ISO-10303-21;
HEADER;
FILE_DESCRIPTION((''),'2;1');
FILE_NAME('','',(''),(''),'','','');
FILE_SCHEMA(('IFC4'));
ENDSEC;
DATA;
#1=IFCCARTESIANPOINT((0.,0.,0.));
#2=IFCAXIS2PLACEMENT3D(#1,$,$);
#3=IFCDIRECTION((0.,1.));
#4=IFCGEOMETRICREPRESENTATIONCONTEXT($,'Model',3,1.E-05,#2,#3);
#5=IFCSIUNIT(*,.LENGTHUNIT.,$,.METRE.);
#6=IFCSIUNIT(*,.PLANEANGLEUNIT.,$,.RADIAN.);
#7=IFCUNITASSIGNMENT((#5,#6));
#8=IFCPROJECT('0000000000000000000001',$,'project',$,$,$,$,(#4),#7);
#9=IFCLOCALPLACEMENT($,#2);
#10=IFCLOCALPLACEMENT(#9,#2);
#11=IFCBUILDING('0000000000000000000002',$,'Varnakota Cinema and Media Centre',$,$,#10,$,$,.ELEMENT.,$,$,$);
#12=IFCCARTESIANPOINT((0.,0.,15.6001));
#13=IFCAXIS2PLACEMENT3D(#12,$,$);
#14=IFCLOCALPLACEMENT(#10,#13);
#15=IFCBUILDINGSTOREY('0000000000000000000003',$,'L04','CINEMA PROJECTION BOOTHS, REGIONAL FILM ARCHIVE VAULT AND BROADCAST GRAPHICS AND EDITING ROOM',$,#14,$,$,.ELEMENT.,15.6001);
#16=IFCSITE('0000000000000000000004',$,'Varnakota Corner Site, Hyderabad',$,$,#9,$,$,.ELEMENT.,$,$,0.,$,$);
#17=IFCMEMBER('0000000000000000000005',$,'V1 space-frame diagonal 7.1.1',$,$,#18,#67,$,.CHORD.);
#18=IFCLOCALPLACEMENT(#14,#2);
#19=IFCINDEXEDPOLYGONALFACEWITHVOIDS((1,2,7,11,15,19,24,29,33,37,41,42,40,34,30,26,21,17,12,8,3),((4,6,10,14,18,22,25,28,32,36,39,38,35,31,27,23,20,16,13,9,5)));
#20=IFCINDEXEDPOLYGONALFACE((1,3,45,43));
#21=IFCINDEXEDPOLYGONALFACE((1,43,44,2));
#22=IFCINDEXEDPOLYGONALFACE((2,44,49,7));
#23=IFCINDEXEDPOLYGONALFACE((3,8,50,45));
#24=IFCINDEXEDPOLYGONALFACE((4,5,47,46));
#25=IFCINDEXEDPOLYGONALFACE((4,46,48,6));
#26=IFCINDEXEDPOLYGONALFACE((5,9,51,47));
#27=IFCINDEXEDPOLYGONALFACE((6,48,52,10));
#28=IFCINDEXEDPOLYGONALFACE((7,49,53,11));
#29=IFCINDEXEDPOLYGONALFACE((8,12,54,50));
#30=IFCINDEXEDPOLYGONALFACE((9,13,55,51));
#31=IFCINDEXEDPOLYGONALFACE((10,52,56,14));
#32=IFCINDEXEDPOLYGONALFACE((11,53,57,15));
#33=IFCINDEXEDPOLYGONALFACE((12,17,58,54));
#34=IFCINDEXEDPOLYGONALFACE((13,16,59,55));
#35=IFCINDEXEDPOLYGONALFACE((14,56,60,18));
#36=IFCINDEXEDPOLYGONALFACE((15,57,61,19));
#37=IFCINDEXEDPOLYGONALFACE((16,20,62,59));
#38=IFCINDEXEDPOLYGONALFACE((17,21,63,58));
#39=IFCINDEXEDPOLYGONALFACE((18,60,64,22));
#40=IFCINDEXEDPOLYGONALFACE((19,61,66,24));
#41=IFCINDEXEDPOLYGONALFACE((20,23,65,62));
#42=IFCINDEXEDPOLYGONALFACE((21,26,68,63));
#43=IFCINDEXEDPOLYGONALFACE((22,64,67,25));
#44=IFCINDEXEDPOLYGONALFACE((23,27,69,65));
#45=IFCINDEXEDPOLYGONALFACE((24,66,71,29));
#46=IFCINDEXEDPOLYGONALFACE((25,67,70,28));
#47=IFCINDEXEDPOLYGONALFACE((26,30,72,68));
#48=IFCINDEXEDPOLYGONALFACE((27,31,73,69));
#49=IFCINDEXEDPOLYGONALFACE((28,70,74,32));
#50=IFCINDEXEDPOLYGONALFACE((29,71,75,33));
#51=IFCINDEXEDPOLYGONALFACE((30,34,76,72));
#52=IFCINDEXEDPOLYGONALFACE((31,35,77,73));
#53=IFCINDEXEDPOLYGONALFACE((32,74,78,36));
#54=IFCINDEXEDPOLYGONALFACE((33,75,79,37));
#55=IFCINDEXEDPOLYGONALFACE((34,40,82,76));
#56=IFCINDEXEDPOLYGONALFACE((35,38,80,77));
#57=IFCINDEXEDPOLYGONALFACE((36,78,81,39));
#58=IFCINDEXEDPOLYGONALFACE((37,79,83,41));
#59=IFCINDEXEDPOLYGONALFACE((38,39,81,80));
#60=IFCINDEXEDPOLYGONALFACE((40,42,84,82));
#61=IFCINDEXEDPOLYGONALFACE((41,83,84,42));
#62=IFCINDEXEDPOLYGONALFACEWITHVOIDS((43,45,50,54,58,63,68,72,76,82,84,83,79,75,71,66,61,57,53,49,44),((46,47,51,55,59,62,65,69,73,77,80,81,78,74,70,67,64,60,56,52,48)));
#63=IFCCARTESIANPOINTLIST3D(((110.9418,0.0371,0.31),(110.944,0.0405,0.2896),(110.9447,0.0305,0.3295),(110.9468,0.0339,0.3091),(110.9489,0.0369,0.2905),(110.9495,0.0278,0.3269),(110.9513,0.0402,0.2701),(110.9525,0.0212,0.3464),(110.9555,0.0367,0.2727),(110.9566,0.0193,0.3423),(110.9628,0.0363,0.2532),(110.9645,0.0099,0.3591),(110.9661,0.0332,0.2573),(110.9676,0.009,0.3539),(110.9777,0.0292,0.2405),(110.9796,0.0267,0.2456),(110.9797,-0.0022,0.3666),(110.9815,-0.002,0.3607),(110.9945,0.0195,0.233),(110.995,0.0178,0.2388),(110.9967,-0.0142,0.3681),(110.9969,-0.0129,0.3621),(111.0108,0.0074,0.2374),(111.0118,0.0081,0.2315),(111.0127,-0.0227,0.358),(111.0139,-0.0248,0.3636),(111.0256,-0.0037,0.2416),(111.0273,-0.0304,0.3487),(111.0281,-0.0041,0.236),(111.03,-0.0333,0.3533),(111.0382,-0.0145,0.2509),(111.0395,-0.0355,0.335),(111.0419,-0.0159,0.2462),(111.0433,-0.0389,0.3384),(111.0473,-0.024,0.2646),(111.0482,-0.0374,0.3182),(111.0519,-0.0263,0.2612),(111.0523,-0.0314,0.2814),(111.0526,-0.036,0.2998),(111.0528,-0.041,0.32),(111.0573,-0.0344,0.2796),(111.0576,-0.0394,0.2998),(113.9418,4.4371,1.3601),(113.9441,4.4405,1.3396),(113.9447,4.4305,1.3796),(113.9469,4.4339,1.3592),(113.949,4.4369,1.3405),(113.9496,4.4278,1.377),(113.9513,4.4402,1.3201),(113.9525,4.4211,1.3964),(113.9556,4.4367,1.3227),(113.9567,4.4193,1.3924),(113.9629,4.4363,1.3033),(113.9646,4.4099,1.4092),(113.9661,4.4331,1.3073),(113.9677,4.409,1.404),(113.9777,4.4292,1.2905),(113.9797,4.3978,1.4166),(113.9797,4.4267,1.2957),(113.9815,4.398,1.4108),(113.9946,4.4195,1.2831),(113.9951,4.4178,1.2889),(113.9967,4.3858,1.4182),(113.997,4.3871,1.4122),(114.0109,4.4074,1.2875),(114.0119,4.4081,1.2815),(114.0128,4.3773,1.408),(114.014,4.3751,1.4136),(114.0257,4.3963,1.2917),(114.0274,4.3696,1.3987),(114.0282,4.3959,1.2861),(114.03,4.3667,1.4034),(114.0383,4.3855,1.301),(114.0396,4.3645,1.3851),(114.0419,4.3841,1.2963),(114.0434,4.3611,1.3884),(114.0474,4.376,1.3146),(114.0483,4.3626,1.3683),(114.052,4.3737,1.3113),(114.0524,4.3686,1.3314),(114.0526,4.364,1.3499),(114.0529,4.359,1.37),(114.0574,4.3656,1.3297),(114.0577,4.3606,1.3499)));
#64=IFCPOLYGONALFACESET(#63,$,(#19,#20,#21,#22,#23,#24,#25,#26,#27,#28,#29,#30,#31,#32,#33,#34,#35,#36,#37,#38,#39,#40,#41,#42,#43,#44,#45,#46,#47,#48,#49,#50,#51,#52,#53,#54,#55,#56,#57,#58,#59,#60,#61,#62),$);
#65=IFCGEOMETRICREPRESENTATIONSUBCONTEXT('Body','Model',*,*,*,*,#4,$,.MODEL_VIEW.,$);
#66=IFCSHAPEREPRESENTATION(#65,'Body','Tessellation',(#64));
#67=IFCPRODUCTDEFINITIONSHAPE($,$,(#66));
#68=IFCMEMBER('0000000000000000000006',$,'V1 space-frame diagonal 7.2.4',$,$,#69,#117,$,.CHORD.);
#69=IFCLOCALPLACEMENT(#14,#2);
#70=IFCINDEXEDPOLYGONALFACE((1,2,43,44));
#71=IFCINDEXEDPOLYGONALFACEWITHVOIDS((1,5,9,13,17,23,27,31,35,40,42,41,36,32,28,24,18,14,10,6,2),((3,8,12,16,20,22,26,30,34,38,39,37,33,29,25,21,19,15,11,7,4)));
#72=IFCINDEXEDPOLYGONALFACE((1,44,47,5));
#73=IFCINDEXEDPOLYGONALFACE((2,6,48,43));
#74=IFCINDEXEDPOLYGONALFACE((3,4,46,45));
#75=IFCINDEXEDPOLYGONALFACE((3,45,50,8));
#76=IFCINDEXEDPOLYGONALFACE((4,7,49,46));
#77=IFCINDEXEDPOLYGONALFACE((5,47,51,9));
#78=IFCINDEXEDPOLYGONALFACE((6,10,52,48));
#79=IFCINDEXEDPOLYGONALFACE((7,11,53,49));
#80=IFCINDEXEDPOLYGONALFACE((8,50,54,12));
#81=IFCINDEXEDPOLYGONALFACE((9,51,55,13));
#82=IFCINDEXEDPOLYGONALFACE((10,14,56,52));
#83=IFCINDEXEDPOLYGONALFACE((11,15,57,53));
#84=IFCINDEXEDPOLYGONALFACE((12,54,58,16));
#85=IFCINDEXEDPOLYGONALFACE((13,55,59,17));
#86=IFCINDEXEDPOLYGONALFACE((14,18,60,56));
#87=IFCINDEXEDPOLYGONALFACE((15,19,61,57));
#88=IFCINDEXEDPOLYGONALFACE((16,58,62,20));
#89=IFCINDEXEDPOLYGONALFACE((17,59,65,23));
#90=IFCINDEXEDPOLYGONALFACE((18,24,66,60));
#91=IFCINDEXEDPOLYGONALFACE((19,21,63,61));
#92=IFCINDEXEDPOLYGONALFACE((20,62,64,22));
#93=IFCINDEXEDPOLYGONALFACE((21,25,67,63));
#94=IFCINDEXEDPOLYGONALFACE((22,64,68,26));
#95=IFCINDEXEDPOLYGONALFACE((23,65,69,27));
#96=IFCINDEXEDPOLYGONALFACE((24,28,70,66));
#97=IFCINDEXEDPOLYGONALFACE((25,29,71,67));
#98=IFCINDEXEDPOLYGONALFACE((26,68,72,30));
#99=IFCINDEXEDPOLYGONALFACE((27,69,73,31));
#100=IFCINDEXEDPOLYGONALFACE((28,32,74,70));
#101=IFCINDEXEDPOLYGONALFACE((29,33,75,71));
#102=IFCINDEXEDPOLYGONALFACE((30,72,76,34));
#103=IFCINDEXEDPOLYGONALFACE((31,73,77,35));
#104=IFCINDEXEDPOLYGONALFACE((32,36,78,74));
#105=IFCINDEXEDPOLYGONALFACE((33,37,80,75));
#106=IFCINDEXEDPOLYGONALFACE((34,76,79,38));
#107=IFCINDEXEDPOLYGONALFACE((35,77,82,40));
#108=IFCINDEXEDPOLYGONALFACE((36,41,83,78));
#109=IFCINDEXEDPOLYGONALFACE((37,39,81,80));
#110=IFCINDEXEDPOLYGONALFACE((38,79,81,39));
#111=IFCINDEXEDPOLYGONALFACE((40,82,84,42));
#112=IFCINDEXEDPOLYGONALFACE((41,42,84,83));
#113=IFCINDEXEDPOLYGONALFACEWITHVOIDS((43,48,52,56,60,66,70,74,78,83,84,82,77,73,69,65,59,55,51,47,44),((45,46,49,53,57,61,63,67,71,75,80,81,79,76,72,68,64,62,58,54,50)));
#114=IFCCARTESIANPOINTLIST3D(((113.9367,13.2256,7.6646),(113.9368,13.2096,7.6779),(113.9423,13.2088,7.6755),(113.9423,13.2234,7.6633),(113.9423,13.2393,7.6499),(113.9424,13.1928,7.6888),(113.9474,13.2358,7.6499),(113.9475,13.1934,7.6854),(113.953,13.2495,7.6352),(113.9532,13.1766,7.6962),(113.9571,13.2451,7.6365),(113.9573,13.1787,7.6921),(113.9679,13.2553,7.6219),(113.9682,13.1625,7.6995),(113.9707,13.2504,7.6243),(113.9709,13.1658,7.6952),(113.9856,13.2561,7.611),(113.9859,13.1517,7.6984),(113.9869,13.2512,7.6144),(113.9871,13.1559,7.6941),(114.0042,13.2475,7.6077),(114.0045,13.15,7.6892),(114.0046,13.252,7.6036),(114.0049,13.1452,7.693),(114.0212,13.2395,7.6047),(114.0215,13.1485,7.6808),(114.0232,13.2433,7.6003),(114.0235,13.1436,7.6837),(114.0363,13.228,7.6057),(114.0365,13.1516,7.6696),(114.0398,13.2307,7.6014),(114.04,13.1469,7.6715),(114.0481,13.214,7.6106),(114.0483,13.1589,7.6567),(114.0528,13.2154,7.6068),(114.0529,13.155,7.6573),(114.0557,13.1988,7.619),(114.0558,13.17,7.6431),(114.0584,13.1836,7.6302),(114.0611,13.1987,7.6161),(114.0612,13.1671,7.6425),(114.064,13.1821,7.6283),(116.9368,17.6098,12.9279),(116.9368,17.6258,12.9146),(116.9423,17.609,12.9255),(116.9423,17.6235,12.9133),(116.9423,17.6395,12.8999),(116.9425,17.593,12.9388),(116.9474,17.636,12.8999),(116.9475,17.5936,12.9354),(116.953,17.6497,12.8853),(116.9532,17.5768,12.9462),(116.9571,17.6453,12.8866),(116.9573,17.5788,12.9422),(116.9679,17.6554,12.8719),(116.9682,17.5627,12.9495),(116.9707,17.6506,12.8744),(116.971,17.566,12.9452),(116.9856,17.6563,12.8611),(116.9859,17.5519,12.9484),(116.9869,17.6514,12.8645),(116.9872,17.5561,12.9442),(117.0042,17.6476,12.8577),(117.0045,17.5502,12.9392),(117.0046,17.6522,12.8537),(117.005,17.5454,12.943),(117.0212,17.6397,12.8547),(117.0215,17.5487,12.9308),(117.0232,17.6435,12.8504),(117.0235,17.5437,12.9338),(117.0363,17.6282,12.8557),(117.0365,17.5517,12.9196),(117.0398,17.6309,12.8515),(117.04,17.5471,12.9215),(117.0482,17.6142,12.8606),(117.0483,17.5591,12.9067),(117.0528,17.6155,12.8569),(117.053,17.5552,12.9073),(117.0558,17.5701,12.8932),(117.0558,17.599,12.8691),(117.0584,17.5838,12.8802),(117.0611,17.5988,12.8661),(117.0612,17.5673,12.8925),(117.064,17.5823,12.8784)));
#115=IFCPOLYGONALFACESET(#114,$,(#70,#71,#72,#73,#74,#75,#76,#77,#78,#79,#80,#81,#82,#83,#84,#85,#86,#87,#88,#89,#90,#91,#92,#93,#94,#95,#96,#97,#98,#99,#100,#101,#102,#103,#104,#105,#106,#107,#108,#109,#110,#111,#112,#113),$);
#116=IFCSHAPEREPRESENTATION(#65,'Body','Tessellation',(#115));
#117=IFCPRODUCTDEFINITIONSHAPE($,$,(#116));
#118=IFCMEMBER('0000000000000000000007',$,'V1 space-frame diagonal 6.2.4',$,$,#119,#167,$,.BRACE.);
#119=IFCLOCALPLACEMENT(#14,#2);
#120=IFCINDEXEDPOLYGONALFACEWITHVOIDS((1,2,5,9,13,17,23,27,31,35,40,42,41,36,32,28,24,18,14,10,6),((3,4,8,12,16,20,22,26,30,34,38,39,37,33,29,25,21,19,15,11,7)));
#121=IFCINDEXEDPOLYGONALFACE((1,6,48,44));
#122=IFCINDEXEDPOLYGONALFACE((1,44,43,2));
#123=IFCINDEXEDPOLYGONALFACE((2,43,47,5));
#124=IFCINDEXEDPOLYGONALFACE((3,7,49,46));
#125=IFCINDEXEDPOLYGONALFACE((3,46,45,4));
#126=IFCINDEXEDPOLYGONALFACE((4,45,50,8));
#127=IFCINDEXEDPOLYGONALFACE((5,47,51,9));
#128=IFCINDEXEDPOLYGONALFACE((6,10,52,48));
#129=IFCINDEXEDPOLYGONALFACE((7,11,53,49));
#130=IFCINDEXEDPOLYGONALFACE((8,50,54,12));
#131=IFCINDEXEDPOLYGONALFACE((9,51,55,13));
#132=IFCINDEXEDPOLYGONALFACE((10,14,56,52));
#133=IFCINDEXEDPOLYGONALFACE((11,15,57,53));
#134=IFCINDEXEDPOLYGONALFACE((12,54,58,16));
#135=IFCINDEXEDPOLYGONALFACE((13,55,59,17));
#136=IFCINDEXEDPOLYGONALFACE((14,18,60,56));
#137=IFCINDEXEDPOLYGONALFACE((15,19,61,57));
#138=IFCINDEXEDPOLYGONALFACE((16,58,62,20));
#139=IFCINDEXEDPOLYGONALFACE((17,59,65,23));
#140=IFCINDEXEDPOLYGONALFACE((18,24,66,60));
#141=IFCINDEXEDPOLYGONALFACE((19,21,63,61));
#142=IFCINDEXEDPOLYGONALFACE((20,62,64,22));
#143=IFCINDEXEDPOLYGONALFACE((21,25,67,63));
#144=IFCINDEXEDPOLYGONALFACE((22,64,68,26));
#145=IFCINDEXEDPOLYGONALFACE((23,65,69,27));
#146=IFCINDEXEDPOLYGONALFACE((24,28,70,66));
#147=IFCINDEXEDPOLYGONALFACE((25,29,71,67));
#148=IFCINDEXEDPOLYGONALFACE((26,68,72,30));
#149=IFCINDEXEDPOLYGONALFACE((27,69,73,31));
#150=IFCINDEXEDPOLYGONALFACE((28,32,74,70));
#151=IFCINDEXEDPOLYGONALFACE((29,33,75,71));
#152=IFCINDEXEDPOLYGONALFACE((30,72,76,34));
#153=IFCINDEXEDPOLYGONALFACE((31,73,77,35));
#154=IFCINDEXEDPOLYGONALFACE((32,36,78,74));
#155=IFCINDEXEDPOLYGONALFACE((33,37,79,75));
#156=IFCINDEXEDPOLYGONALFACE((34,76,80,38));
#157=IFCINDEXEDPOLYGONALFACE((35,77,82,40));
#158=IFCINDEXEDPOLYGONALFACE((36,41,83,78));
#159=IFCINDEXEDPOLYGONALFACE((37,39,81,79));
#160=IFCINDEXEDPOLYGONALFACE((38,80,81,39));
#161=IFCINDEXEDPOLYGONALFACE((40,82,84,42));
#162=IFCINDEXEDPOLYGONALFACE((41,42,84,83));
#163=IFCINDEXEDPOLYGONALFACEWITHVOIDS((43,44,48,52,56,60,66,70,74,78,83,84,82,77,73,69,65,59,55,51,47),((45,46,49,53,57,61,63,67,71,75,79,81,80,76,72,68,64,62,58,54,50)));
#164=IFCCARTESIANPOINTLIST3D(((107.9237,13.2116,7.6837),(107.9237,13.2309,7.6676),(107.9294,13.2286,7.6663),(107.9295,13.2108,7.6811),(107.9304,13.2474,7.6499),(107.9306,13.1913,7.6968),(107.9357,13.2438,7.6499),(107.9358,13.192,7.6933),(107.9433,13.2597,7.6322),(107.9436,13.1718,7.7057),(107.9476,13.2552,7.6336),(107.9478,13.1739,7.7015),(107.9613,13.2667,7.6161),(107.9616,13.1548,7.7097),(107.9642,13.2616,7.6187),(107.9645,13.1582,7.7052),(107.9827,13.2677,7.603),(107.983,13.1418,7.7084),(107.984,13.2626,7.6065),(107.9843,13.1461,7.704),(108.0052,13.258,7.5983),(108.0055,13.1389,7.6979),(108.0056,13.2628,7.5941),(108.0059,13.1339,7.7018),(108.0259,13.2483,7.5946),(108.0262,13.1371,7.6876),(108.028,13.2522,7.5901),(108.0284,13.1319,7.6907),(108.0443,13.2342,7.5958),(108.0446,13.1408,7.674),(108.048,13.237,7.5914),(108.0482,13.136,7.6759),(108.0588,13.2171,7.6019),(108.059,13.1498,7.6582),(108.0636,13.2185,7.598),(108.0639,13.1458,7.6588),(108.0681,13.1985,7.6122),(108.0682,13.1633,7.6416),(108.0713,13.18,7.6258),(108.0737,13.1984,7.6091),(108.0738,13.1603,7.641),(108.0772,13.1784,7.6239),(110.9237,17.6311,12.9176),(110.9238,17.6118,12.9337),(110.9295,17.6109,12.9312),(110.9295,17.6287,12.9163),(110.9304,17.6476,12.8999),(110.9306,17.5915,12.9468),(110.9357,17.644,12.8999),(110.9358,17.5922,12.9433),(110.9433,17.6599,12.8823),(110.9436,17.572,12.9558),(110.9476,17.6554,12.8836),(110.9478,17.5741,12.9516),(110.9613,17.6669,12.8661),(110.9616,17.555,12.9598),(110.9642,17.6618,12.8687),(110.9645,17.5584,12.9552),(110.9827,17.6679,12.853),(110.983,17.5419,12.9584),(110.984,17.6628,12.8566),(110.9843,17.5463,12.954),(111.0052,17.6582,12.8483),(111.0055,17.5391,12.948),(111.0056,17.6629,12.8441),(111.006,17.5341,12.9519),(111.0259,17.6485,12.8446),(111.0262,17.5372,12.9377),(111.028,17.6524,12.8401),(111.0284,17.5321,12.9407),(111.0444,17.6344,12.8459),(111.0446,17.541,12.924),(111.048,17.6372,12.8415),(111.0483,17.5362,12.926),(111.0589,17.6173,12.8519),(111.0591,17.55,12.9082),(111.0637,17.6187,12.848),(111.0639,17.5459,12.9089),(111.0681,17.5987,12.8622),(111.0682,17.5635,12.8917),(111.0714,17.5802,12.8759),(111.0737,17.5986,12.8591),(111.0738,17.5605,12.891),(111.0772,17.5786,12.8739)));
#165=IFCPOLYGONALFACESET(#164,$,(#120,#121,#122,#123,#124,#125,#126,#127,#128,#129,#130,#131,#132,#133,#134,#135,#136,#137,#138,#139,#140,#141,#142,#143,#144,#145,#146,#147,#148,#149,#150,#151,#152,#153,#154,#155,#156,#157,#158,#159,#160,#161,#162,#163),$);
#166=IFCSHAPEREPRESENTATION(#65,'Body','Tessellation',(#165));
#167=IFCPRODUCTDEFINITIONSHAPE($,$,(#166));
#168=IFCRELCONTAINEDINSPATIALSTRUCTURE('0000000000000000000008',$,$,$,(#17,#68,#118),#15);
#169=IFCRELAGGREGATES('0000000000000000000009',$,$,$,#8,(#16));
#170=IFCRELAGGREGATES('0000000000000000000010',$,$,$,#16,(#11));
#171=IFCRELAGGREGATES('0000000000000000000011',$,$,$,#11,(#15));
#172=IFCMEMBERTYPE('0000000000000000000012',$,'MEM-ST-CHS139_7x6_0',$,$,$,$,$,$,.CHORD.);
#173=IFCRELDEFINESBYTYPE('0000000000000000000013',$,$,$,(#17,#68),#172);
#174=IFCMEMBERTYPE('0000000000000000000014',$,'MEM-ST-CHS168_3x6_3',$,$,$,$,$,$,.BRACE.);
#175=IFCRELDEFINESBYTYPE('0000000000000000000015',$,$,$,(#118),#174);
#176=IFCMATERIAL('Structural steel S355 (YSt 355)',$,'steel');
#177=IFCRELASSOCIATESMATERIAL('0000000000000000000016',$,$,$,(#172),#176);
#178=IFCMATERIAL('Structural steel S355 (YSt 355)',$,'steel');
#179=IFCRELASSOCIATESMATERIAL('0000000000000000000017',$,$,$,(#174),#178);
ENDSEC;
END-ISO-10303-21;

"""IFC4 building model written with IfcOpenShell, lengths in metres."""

from ifc_helpers import new_model, si_unit, direction, frame, origin, origin_2d, place, context, subcontext, project, spatial, hollow_circle, extrude, material, material_profile, profile_set, type_object, element, save


model = new_model("IFC4")

# Units and contexts
model_context = context("Model", 3, precision=1e-05, world=origin(), true_north=direction((0.0, 1.0)))
body_context = subcontext(model_context, "Body", "Model", "MODEL_VIEW")
ifc_project = project(units=[si_unit("LENGTHUNIT", "METRE"), si_unit("PLANEANGLEUNIT", "RADIAN")], contexts=[model_context])

# Site, building, storey
site_placement = place(None, origin())
site = spatial("IfcSite", under=ifc_project, at=site_placement, Name="Varnakota Corner Site, Hyderabad", CompositionType="ELEMENT", RefElevation=0.0)
building_placement = place(site_placement, origin())
building = spatial("IfcBuilding", under=site, at=building_placement, Name="Varnakota Cinema and Media Centre", CompositionType="ELEMENT")
storey_placement = place(building_placement, frame((0.0, 0.0, 15.6001)))
storey = spatial("IfcBuildingStorey", under=building, at=storey_placement, Name="L04", Description="CINEMA PROJECTION BOOTHS, REGIONAL FILM ARCHIVE VAULT AND BROADCAST GRAPHICS AND EDITING ROOM", CompositionType="ELEMENT", Elevation=15.6001)

# Members
ifc_material_1 = material(Name="Structural steel S355 (YSt 355)", Category="steel")
ifc_material_profile_1 = material_profile(ifc_material_1, hollow_circle(Radius=0.0698, WallThickness=0.0061, at=origin_2d()), Name="CHS 139.7x6.0")
ifc_profile_set_1 = profile_set([ifc_material_profile_1], Name="Structural steel S355 (YSt 355)")
member_type_1 = type_object("IfcMemberType", Name="MEM-ST-CHS139_7x6_0", PredefinedType="CHORD", material=ifc_profile_set_1)
member_1_placement = place(storey_placement, frame((114.0, 4.3999, 1.3499), z_axis=(-0.552703, -0.810613, -0.193455), x_axis=(0.826222, -0.563345, 0.0)))
element("IfcMember", 1, at=member_1_placement, inside=storey, type_object=member_type_1, Name="V1 space-frame diagonal 7.1.1", PredefinedType="CHORD", context=body_context, shape_type="SweptSolid", body=[
    extrude(hollow_circle(Radius=0.0698, WallThickness=0.0061, at=origin_2d()), origin(), (0.0, 0.0, 1.0), 5.428),
])
member_2_placement = place(storey_placement, frame((114.0, 13.2, 7.6499), z_axis=(0.401165, 0.588395, 0.702039), x_axis=(-0.826236, 0.563324, 0.0)))
element("IfcMember", 2, at=member_2_placement, inside=storey, type_object=member_type_1, Name="V1 space-frame diagonal 7.2.4", PredefinedType="CHORD", context=body_context, shape_type="SweptSolid", body=[
    extrude(hollow_circle(Radius=0.0698, WallThickness=0.0061, at=origin_2d()), origin(), (0.0, 0.0, 1.0), 7.4783),
])
ifc_material_2 = material(Name="Structural steel S355 (YSt 355)", Category="steel")
ifc_material_profile_2 = material_profile(ifc_material_2, hollow_circle(Radius=0.0842, WallThickness=0.0063, at=origin_2d()), Name="CHS 168.3x6.3")
ifc_profile_set_2 = profile_set([ifc_material_profile_2], Name="Structural steel S355 (YSt 355)")
member_type_2 = type_object("IfcMemberType", Name="MEM-ST-CHS168_3x6_3", PredefinedType="BRACE", material=ifc_profile_set_2)
for number, where, z_axis, x_axis, name in (
    (3, (108.0, 13.2, 7.6499), (0.401165, 0.588395, 0.702039), (-0.826236, 0.563324, 0.0), "V1 space-frame diagonal 6.2.4"),
):
    element("IfcMember", number, at=place(storey_placement, frame(where, z_axis=z_axis, x_axis=x_axis)), inside=storey, type_object=member_type_2, Name=name, PredefinedType="BRACE", context=body_context, shape_type="SweptSolid", body=[
        extrude(hollow_circle(Radius=0.0842, WallThickness=0.0063, at=origin_2d()), origin(), (0.0, 0.0, 1.0), 7.4783),
    ])

save(model, "model.ifc")
